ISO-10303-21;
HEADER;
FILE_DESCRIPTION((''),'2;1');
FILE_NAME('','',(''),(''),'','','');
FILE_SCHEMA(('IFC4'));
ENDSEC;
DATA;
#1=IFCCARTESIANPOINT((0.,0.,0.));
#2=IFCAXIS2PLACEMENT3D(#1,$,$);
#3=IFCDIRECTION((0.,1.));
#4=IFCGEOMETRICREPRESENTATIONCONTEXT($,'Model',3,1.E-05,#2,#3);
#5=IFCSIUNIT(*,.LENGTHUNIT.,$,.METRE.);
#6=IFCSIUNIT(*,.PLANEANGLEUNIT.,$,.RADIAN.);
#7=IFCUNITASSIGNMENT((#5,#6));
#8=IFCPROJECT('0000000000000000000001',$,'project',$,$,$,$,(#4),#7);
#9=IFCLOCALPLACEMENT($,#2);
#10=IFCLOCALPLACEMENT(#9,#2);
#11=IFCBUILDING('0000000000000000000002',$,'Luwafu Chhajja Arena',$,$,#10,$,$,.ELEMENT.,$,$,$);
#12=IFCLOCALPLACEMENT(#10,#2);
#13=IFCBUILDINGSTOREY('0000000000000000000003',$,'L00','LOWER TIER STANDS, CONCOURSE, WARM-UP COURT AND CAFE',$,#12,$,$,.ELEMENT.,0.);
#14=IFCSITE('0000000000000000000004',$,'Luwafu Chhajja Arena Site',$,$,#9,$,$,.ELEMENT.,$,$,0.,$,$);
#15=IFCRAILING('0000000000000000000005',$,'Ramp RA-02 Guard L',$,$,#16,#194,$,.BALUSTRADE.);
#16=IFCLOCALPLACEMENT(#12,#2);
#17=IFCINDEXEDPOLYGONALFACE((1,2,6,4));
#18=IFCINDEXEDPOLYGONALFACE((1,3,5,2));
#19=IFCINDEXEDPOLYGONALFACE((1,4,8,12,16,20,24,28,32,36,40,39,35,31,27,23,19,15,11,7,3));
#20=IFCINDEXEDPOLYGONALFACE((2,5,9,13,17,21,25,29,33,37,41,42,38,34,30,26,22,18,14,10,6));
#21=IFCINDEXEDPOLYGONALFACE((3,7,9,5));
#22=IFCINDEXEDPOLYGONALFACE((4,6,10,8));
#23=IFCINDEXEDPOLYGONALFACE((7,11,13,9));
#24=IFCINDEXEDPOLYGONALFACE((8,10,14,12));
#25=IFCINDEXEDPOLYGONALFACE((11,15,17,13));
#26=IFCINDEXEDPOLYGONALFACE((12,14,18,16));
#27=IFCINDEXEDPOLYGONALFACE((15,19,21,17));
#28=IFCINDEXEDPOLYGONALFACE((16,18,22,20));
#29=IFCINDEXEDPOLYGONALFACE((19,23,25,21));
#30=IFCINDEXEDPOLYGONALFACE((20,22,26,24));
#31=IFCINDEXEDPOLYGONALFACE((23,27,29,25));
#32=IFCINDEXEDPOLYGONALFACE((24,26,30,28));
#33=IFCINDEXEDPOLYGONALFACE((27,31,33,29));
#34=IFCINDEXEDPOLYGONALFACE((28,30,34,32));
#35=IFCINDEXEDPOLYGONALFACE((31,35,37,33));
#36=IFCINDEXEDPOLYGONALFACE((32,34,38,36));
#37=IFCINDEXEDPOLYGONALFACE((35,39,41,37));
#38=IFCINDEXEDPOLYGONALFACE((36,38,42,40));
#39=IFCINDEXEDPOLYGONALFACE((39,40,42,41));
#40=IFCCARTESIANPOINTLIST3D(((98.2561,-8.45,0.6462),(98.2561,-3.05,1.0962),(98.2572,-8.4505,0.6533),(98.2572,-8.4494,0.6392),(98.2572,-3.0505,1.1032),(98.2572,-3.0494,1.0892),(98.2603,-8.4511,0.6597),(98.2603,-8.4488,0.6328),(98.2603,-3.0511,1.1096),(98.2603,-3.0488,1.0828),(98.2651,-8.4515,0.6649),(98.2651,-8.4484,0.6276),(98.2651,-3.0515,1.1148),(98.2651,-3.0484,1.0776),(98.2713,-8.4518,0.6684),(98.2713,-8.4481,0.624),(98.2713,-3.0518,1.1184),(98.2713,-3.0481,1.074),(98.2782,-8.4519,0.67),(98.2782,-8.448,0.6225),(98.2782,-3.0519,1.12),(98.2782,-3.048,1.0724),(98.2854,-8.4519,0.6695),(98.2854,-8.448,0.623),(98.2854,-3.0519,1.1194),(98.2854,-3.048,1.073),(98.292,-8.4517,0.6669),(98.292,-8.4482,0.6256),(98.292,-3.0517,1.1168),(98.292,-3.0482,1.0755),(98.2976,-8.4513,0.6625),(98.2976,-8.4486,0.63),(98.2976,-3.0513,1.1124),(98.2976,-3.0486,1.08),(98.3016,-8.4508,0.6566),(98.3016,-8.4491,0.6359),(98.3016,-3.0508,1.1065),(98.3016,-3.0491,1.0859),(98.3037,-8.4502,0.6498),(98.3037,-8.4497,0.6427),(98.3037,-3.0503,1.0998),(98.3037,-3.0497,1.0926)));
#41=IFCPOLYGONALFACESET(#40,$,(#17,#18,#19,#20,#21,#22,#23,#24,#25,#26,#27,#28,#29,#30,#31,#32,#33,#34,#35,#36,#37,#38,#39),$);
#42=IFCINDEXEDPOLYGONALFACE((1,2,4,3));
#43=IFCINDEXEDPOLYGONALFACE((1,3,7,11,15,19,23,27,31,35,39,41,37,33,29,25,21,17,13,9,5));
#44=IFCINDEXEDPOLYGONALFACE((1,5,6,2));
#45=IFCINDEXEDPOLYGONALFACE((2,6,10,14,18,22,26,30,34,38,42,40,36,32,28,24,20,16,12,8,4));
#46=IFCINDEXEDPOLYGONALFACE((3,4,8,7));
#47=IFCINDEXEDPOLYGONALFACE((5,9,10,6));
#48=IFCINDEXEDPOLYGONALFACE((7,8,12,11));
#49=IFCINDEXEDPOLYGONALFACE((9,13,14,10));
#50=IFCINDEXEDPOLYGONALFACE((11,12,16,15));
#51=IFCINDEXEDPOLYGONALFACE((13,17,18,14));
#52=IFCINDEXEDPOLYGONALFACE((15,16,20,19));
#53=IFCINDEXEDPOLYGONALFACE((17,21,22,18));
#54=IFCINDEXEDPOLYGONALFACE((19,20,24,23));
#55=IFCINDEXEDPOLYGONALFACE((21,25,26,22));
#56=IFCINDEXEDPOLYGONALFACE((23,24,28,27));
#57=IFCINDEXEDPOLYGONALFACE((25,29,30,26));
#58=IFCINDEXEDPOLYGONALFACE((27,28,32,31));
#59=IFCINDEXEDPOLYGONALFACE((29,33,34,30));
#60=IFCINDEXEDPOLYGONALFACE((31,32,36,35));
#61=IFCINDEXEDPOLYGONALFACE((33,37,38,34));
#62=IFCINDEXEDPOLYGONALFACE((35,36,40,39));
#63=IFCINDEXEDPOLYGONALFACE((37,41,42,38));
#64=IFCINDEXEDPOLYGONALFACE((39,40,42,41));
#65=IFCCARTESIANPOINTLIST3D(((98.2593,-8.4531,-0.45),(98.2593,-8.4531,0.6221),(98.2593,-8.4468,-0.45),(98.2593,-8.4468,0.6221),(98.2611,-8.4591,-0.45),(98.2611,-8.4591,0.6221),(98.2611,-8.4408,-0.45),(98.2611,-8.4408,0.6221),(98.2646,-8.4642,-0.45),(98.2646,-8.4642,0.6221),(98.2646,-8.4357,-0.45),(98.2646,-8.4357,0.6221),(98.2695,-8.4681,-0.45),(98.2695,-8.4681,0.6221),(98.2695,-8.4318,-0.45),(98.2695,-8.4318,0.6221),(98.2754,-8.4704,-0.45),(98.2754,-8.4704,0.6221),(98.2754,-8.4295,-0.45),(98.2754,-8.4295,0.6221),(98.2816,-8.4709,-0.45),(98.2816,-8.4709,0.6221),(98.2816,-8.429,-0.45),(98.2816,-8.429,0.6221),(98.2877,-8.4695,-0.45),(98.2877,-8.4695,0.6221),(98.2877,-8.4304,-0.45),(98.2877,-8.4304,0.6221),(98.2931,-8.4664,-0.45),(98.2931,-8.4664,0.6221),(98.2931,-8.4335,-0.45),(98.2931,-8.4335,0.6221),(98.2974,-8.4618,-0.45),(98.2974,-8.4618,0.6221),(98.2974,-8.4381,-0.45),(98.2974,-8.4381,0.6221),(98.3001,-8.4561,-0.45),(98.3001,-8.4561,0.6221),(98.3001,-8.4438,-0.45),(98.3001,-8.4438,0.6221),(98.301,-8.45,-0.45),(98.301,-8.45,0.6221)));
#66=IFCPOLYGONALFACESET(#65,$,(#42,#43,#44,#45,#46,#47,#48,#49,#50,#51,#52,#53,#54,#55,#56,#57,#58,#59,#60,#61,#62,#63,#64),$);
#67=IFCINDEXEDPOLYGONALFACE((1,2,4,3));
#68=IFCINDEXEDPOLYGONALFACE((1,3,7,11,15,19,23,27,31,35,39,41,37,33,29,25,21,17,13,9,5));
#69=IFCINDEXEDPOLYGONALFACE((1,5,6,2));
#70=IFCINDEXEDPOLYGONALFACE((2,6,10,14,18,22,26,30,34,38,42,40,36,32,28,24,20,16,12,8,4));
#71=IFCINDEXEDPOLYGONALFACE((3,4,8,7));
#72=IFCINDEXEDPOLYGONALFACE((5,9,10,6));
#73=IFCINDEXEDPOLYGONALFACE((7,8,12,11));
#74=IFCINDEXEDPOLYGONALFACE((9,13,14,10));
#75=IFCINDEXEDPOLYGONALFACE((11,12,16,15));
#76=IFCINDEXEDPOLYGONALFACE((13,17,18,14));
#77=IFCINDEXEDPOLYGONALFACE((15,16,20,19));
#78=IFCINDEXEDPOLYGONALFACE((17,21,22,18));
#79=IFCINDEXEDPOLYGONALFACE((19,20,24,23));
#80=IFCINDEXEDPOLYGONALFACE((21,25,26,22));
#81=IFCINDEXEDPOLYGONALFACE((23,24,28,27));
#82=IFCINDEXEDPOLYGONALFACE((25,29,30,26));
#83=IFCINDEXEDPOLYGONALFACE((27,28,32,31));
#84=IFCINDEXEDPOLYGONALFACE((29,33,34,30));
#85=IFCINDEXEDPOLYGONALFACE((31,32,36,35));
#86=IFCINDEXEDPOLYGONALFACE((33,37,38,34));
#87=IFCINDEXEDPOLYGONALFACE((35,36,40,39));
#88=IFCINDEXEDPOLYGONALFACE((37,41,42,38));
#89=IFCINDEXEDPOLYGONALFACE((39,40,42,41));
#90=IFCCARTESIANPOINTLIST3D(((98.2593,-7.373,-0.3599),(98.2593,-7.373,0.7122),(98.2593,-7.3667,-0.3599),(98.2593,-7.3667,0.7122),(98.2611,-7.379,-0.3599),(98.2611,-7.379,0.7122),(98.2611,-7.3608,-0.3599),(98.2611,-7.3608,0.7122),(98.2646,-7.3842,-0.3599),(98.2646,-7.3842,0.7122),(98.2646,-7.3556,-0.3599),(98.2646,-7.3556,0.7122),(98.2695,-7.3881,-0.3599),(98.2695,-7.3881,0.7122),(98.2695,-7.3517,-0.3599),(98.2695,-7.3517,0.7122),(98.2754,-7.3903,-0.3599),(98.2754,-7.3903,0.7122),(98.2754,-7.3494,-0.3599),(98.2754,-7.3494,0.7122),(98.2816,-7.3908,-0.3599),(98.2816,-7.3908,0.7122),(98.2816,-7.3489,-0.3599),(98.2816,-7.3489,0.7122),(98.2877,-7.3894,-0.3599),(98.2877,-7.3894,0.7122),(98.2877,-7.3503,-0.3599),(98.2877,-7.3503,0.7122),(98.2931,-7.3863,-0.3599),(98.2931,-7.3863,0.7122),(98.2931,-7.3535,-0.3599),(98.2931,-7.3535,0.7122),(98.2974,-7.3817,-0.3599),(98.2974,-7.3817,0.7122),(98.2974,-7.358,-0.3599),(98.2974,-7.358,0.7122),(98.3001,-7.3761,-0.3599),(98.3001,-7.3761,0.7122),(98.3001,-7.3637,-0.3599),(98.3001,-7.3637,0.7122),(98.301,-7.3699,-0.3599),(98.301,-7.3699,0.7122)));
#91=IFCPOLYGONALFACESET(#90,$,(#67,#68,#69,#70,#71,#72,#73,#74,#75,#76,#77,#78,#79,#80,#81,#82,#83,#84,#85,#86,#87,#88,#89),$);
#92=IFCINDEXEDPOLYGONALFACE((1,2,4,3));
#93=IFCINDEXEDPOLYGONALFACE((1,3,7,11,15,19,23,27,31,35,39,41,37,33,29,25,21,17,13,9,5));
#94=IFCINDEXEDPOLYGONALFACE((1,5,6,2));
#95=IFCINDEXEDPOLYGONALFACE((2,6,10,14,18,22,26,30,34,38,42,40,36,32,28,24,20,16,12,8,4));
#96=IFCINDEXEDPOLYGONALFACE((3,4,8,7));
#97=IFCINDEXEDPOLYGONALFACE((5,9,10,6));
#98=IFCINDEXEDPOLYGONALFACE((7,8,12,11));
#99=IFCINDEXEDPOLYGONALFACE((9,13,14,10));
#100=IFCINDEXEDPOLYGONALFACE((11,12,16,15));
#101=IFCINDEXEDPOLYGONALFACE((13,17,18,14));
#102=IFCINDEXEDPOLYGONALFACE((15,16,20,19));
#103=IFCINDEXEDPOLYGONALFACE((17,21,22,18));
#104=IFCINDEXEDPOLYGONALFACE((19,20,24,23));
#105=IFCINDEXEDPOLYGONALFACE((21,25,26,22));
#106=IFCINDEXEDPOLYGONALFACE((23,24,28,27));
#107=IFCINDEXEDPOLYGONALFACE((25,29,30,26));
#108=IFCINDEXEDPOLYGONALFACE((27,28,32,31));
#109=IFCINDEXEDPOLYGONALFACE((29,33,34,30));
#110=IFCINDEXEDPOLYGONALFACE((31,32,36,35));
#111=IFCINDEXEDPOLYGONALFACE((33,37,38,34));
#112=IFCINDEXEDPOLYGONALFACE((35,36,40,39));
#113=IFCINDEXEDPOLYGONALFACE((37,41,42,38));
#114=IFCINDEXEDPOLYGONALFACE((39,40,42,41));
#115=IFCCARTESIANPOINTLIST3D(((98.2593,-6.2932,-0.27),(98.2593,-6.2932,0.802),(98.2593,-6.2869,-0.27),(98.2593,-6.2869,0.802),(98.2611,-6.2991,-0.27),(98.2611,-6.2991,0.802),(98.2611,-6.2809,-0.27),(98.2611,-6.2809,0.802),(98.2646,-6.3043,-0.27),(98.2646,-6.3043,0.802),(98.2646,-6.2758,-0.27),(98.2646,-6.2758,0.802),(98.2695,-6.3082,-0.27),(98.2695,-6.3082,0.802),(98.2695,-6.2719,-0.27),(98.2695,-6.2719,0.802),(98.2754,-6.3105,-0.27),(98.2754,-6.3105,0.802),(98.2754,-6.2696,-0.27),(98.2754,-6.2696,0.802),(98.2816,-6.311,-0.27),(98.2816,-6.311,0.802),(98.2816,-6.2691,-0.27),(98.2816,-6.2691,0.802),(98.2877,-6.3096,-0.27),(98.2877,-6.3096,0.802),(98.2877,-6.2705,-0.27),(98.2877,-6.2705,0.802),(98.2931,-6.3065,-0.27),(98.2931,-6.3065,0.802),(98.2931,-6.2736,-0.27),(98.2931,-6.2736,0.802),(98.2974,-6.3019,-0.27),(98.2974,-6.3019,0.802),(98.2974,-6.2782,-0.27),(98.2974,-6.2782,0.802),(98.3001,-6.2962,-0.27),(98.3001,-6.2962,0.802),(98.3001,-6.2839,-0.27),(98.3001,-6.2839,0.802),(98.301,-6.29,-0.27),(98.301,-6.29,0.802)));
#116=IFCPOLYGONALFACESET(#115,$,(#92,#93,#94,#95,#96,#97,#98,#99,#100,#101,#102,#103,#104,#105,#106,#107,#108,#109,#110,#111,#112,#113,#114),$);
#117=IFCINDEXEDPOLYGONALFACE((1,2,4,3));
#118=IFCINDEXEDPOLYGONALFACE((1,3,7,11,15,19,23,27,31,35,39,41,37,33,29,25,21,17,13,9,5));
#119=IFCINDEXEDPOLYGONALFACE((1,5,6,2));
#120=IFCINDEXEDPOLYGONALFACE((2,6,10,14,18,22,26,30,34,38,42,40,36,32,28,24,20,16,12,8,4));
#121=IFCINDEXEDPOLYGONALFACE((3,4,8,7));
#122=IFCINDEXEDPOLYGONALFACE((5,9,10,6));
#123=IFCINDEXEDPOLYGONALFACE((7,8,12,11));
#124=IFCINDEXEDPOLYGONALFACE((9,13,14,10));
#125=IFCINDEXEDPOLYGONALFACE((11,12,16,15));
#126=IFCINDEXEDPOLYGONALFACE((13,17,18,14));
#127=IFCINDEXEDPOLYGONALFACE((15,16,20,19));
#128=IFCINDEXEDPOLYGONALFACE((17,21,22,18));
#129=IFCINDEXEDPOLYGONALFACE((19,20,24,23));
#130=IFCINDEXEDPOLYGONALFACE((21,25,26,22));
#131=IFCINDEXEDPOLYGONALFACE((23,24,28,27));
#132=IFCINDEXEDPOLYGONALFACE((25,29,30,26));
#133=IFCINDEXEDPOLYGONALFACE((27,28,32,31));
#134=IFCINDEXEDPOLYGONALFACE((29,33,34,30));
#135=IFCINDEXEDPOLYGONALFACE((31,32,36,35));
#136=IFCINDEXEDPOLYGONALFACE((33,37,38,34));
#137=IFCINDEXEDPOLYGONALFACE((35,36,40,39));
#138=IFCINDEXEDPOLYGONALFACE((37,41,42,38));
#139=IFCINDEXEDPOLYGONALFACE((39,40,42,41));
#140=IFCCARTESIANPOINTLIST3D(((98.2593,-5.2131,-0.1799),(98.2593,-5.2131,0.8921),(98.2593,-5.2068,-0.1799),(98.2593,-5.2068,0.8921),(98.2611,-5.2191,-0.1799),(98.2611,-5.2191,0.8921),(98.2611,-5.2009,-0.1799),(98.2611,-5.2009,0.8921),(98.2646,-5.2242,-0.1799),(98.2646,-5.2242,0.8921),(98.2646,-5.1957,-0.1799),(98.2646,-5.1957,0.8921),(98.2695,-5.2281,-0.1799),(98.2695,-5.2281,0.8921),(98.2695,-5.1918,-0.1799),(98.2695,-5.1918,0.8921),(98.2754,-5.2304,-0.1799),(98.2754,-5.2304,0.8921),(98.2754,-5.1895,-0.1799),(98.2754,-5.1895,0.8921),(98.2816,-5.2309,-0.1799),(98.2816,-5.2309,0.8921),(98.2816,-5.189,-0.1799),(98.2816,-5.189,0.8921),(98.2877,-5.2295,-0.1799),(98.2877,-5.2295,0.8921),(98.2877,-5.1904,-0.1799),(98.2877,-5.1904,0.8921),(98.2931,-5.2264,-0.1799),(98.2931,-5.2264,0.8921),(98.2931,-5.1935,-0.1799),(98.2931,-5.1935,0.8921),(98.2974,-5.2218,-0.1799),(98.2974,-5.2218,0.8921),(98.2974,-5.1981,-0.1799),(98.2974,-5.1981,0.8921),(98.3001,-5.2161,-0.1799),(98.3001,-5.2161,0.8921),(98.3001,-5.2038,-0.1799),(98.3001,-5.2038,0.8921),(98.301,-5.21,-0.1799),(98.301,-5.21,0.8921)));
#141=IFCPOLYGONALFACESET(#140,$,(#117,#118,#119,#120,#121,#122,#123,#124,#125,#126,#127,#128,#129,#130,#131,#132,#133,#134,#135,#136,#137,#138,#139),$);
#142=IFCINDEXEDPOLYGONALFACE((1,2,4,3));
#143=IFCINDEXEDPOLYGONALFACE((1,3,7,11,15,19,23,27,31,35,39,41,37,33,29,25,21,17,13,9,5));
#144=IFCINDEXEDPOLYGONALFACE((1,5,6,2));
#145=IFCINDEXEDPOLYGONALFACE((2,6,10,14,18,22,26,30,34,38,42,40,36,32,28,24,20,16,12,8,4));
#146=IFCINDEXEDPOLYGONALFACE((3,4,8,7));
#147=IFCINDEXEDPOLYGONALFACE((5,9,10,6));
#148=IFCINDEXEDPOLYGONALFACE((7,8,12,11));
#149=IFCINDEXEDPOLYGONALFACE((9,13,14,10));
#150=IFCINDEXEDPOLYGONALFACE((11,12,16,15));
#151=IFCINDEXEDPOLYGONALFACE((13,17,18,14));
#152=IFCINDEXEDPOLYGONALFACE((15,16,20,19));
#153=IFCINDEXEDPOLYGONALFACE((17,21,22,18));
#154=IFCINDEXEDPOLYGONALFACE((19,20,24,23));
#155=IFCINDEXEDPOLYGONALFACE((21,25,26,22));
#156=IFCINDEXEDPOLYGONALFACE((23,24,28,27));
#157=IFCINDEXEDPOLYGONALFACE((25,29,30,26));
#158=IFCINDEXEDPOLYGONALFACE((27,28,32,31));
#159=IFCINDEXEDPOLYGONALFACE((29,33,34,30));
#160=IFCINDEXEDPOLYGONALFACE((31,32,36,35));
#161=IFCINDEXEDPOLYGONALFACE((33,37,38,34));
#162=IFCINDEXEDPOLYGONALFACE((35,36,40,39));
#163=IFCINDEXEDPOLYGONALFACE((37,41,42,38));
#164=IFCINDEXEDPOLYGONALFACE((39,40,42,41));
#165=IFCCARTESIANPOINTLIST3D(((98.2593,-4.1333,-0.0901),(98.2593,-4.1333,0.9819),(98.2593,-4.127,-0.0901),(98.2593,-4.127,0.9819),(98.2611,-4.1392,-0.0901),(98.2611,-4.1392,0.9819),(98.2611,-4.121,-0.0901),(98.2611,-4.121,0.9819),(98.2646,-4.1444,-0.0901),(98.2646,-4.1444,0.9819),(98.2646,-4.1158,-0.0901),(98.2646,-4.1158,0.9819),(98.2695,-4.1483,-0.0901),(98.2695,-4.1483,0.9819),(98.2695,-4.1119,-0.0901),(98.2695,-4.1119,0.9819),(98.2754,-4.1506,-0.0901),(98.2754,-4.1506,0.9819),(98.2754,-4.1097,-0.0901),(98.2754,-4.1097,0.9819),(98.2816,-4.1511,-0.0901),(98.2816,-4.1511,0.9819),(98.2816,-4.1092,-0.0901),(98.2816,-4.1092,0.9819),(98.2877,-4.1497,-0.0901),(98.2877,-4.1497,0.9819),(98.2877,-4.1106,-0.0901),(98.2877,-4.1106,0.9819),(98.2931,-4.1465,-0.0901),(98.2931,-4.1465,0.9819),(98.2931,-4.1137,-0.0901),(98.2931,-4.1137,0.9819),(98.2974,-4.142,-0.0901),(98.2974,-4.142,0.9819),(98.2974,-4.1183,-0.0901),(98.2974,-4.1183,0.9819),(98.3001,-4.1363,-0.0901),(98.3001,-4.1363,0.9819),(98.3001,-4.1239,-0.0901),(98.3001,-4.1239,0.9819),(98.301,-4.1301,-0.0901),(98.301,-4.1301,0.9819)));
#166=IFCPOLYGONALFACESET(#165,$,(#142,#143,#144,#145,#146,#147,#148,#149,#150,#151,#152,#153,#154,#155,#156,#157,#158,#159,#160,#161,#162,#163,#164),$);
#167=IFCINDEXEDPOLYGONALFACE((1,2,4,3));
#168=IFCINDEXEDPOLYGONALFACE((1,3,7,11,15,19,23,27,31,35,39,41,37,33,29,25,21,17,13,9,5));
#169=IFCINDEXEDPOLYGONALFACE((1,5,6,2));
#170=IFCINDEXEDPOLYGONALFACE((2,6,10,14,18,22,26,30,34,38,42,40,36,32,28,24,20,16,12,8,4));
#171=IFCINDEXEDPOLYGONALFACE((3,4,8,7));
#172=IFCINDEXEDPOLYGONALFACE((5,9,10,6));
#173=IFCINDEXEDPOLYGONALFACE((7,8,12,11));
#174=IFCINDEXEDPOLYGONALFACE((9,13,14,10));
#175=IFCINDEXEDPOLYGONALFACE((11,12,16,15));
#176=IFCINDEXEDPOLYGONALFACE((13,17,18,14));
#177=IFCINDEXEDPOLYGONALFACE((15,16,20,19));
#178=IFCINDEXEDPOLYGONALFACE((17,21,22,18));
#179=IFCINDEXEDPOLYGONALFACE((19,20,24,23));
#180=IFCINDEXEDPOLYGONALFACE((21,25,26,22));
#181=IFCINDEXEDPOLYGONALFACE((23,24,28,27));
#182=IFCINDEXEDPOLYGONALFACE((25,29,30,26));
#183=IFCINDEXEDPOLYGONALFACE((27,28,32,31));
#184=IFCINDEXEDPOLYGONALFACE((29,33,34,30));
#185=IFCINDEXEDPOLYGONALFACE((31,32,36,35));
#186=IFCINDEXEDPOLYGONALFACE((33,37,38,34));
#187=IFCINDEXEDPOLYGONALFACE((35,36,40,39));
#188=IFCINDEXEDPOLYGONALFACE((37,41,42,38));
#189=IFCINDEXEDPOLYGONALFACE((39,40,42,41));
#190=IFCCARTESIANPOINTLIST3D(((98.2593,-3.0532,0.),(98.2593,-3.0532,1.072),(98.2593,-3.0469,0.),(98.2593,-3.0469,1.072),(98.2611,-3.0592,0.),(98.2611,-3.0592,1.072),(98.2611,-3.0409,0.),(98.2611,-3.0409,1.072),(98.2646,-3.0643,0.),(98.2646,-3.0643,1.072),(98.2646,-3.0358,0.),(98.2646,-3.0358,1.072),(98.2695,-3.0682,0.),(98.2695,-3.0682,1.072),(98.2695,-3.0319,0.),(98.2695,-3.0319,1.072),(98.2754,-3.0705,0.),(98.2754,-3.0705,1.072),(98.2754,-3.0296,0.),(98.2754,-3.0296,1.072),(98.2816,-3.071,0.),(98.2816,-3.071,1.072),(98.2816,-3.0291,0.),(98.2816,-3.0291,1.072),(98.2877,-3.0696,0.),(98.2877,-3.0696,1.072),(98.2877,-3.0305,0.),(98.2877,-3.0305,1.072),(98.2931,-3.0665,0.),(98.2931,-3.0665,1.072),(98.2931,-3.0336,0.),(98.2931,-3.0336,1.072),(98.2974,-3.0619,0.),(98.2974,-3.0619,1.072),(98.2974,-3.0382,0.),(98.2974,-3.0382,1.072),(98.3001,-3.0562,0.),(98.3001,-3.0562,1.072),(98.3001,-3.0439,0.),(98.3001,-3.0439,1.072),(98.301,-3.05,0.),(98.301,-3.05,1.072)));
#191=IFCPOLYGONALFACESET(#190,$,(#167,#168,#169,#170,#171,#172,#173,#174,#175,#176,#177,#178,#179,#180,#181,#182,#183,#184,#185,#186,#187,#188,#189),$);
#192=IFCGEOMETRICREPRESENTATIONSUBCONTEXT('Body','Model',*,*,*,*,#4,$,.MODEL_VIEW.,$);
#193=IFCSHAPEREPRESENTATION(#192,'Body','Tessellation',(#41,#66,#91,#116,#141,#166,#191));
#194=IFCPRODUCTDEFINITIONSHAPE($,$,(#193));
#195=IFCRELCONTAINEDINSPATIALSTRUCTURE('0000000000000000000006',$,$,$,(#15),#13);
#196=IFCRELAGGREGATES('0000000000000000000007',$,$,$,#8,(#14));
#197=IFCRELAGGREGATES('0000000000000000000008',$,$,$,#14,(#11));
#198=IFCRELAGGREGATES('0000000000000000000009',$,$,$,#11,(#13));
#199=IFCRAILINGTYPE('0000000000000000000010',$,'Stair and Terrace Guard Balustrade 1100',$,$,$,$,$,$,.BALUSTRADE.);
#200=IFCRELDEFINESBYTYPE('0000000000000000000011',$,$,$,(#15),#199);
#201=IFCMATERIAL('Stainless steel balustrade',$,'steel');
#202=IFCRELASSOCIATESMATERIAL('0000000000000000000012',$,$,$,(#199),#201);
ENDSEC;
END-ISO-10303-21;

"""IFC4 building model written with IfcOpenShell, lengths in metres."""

from ifc_helpers import new_model, si_unit, direction, frame, origin, origin_2d, place, context, subcontext, project, spatial, circle, extrude, material, type_object, element, save


model = new_model("IFC4")

# Units and contexts
model_context = context("Model", 3, precision=1e-05, world=origin(), true_north=direction((0.0, 1.0)))
body_context = subcontext(model_context, "Body", "Model", "MODEL_VIEW")
ifc_project = project(units=[si_unit("LENGTHUNIT", "METRE"), si_unit("PLANEANGLEUNIT", "RADIAN")], contexts=[model_context])

# Site, building, storey
site_placement = place(None, origin())
site = spatial("IfcSite", under=ifc_project, at=site_placement, Name="Luwafu Chhajja Arena Site", CompositionType="ELEMENT", RefElevation=0.0)
building_placement = place(site_placement, origin())
building = spatial("IfcBuilding", under=site, at=building_placement, Name="Luwafu Chhajja Arena", CompositionType="ELEMENT")
storey_placement = place(building_placement, origin())
storey = spatial("IfcBuildingStorey", under=building, at=storey_placement, Name="L00", Description="LOWER TIER STANDS, CONCOURSE, WARM-UP COURT AND CAFE", CompositionType="ELEMENT", Elevation=0.0)

# Railing
ifc_material_1 = material(Name="Stainless steel balustrade", Category="steel")
railing_type = type_object("IfcRailingType", Name="Stair and Terrace Guard Balustrade 1100", PredefinedType="BALUSTRADE", material=ifc_material_1)
for number, where, name in (
    (1, (98.28, -8.45, -0.45), "Ramp RA-02 Guard L"),
):
    element("IfcRailing", number, at=place(storey_placement, frame(where)), inside=storey, type_object=railing_type, Name=name, PredefinedType="BALUSTRADE", context=body_context, shape_type="SweptSolid", body=[
        extrude(circle(Radius=0.0239, at=origin_2d()), frame((0.0, 0.0, 1.0962), z_axis=(0.0, 0.996546, 0.083038), x_axis=(-1.0, 0.0, 0.0)), (0.0, 0.0, 1.0), 5.4187),
        extrude(circle(Radius=0.021, at=origin_2d()), origin(), (0.0, 0.0, 1.0), 1.072),
        extrude(circle(Radius=0.021, at=origin_2d()), frame((0.0, 1.0801, 0.0901)), (0.0, 0.0, 1.0), 1.072),
        extrude(circle(Radius=0.021, at=origin_2d()), frame((0.0, 2.1599, 0.1799)), (0.0, 0.0, 1.0), 1.072),
        extrude(circle(Radius=0.021, at=origin_2d()), frame((0.0, 3.24, 0.27)), (0.0, 0.0, 1.0), 1.072),
        extrude(circle(Radius=0.021, at=origin_2d()), frame((0.0, 4.3198, 0.3599)), (0.0, 0.0, 1.0), 1.072),
        extrude(circle(Radius=0.021, at=origin_2d()), frame((0.0, 5.3999, 0.45)), (0.0, 0.0, 1.0), 1.072),
    ])

save(model, "model.ifc")
